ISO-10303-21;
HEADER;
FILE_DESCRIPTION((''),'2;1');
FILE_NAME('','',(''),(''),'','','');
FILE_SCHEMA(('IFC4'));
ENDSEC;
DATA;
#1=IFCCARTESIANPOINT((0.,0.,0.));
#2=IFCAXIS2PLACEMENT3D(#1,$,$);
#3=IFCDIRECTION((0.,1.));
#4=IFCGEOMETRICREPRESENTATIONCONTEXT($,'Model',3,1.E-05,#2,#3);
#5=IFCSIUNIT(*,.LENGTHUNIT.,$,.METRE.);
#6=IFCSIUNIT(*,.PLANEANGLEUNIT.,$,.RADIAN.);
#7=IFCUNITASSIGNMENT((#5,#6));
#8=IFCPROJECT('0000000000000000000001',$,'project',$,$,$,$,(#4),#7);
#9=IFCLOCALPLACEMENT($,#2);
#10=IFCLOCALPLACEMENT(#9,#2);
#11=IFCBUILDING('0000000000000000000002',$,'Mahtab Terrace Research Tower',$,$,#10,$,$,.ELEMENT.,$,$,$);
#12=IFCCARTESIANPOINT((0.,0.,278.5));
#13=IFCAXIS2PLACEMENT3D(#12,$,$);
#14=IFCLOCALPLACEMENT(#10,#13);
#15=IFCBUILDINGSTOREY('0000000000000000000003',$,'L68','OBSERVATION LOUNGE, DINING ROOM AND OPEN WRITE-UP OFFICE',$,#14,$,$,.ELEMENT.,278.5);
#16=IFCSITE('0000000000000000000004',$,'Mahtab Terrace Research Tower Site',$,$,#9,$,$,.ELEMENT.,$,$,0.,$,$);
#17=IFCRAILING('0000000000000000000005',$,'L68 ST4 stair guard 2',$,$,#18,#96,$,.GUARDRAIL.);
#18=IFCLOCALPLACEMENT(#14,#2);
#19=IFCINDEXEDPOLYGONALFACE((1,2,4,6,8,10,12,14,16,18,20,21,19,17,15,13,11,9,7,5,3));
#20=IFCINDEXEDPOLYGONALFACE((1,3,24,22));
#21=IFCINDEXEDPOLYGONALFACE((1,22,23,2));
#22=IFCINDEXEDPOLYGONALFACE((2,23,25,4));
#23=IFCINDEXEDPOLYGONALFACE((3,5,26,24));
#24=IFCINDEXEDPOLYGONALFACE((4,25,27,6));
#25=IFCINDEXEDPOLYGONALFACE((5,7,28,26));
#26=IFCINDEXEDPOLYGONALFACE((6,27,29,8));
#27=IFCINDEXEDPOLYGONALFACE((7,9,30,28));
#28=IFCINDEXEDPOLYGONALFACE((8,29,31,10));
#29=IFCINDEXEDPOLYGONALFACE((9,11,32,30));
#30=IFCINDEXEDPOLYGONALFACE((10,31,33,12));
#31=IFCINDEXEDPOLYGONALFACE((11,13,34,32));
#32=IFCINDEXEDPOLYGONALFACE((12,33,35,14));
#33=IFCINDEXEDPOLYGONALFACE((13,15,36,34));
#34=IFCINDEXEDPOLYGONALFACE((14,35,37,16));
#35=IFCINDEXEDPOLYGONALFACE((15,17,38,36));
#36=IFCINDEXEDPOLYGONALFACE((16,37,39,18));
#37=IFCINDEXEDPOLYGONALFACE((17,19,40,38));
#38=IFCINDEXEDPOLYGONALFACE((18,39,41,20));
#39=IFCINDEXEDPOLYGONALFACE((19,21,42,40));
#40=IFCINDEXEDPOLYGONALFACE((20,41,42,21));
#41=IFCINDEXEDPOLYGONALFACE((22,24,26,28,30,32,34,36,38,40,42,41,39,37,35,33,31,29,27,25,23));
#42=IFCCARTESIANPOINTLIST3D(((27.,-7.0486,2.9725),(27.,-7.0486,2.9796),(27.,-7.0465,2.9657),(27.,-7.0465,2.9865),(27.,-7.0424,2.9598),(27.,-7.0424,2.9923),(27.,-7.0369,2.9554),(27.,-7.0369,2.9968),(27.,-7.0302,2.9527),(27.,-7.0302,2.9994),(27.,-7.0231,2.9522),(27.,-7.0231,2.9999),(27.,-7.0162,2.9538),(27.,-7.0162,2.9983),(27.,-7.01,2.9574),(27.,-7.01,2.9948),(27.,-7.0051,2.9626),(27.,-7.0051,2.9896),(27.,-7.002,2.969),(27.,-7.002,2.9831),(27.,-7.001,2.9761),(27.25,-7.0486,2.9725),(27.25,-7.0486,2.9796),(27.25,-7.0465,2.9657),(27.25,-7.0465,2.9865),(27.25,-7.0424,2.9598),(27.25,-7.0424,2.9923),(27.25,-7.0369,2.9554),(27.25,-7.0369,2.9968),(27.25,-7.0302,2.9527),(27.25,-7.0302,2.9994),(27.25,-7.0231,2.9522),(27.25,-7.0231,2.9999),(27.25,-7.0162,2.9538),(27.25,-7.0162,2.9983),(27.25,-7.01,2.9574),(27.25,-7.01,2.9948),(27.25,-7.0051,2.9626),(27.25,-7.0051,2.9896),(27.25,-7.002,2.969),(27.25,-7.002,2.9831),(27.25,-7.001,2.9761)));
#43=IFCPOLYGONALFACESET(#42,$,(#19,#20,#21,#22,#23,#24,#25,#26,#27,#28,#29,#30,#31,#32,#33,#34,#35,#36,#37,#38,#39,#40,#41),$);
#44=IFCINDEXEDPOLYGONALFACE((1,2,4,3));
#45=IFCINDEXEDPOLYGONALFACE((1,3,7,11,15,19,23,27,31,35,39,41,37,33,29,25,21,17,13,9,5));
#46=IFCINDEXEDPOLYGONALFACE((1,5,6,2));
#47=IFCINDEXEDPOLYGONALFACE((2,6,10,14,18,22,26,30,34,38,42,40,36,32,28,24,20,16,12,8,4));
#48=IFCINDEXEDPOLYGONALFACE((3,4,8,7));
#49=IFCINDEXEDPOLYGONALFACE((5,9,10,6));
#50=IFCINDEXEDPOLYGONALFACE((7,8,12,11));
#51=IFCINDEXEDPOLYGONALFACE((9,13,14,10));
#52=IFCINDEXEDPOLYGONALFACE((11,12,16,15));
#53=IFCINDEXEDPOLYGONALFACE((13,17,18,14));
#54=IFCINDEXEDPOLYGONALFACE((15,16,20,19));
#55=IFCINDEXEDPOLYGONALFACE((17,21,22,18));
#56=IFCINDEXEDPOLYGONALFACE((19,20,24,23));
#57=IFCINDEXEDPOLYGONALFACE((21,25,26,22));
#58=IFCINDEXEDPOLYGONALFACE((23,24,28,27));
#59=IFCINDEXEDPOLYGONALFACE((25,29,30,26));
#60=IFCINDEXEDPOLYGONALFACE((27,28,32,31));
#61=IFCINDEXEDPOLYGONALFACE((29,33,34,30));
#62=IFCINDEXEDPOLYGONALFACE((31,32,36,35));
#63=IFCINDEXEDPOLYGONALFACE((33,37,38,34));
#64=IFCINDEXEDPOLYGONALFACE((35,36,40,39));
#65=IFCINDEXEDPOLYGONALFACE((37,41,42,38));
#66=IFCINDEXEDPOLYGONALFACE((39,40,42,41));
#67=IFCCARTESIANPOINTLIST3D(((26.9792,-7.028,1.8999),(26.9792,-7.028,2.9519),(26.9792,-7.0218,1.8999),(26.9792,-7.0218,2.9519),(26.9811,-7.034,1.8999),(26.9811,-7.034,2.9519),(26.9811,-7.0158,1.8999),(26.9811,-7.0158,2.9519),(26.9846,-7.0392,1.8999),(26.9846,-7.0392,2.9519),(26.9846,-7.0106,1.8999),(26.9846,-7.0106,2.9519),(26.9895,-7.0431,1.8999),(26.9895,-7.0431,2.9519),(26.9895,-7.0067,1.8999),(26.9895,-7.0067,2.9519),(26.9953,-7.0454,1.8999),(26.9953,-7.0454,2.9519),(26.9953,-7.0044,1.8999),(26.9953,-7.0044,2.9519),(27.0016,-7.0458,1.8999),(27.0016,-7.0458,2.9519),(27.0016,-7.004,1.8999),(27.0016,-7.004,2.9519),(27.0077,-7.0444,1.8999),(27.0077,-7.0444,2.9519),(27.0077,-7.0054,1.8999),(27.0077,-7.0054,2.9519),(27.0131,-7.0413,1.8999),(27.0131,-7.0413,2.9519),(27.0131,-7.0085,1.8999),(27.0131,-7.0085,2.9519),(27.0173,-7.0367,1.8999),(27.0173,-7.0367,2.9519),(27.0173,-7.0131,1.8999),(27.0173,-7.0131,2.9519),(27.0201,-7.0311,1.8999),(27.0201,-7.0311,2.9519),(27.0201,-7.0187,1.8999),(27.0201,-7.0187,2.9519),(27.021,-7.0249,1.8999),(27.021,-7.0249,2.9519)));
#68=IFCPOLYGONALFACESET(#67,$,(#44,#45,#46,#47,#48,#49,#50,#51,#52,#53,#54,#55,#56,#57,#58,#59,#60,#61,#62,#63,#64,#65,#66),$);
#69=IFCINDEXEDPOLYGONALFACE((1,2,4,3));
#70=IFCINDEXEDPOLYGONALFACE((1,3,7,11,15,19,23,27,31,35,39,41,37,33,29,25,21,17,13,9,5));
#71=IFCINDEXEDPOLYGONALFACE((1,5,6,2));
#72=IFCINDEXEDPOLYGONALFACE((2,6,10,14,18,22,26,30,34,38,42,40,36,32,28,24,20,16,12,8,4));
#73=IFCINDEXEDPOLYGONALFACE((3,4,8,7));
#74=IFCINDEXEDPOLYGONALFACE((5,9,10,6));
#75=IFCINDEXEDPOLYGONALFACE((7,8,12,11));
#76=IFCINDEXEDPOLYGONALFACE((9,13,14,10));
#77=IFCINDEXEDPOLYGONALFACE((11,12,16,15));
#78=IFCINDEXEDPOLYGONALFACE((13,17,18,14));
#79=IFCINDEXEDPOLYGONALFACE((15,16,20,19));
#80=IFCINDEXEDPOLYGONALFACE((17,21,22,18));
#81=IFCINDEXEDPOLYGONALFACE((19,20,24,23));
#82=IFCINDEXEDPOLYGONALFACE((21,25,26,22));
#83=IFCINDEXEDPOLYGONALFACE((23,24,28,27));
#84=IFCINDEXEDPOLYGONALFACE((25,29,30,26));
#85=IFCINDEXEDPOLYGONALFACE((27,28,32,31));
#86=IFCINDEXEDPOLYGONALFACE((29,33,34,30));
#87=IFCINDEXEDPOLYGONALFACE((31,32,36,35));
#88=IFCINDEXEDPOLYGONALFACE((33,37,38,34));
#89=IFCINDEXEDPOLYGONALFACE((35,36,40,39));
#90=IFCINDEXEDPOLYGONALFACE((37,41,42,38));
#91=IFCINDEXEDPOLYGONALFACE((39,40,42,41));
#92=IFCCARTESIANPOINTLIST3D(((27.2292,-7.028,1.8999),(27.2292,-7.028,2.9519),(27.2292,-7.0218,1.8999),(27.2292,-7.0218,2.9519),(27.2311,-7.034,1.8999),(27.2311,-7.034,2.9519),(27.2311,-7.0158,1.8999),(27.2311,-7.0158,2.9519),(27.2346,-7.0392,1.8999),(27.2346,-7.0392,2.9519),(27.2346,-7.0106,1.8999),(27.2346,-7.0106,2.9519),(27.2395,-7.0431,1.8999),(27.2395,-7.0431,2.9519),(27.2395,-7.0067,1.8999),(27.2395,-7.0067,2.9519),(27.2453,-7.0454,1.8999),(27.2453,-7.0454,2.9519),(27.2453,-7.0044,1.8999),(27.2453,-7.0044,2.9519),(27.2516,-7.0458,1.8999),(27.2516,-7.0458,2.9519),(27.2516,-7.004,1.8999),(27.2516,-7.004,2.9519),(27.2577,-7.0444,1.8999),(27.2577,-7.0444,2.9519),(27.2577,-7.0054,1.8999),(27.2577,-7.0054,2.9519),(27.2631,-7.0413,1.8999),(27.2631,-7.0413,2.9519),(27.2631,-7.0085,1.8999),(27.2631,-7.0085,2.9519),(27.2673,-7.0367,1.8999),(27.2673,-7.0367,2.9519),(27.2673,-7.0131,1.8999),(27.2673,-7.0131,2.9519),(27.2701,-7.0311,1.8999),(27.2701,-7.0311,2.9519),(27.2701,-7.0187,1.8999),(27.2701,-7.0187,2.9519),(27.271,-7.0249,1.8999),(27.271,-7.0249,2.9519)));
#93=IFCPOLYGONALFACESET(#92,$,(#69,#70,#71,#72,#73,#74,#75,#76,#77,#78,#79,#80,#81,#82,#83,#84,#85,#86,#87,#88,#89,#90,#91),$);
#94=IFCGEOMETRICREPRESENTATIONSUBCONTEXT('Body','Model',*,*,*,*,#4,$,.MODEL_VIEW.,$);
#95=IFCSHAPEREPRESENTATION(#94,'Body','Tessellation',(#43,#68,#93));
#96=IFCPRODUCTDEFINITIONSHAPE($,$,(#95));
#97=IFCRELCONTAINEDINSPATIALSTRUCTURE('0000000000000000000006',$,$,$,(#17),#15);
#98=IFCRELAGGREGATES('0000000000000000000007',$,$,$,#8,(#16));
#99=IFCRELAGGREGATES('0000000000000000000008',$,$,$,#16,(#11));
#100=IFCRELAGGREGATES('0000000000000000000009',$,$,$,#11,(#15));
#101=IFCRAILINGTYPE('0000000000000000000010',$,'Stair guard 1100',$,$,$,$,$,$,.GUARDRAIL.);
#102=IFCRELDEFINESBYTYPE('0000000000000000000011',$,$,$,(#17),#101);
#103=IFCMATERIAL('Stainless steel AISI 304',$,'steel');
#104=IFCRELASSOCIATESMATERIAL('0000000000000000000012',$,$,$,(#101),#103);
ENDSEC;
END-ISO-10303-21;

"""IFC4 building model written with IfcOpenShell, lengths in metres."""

from ifc_helpers import new_model, si_unit, direction, frame, origin, origin_2d, place, context, subcontext, project, spatial, circle, extrude, material, type_object, element, save


model = new_model("IFC4")

# Units and contexts
model_context = context("Model", 3, precision=1e-05, world=origin(), true_north=direction((0.0, 1.0)))
body_context = subcontext(model_context, "Body", "Model", "MODEL_VIEW")
ifc_project = project(units=[si_unit("LENGTHUNIT", "METRE"), si_unit("PLANEANGLEUNIT", "RADIAN")], contexts=[model_context])

# Site, building, storey
site_placement = place(None, origin())
site = spatial("IfcSite", under=ifc_project, at=site_placement, Name="Mahtab Terrace Research Tower Site", CompositionType="ELEMENT", RefElevation=0.0)
building_placement = place(site_placement, origin())
building = spatial("IfcBuilding", under=site, at=building_placement, Name="Mahtab Terrace Research Tower", CompositionType="ELEMENT")
storey_placement = place(building_placement, frame((0.0, 0.0, 278.5)))
storey = spatial("IfcBuildingStorey", under=building, at=storey_placement, Name="L68", Description="OBSERVATION LOUNGE, DINING ROOM AND OPEN WRITE-UP OFFICE", CompositionType="ELEMENT", Elevation=278.5)

# Railing
ifc_material_1 = material(Name="Stainless steel AISI 304", Category="steel")
railing_type_1 = type_object("IfcRailingType", Name="Stair guard 1100", PredefinedType="GUARDRAIL", material=ifc_material_1)
railing_1_placement = place(storey_placement, frame((27.0, -7.0249, 1.8999)))
element("IfcRailing", 1, at=railing_1_placement, inside=storey, type_object=railing_type_1, Name="L68 ST4 stair guard 2", PredefinedType="GUARDRAIL", context=body_context, shape_type="SweptSolid", body=[
    extrude(circle(Radius=0.0239, at=origin_2d()), frame((0.0, 0.0, 1.0762), z_axis=(1.0, 0.0, 0.0), x_axis=(0.0, 1.0, 0.0)), (0.0, 0.0, 1.0), 0.25),
    extrude(circle(Radius=0.021, at=origin_2d()), origin(), (0.0, 0.0, 1.0), 1.052),
    extrude(circle(Radius=0.021, at=origin_2d()), frame((0.25, 0.0, 0.0)), (0.0, 0.0, 1.0), 1.052),
])

save(model, "model.ifc")
